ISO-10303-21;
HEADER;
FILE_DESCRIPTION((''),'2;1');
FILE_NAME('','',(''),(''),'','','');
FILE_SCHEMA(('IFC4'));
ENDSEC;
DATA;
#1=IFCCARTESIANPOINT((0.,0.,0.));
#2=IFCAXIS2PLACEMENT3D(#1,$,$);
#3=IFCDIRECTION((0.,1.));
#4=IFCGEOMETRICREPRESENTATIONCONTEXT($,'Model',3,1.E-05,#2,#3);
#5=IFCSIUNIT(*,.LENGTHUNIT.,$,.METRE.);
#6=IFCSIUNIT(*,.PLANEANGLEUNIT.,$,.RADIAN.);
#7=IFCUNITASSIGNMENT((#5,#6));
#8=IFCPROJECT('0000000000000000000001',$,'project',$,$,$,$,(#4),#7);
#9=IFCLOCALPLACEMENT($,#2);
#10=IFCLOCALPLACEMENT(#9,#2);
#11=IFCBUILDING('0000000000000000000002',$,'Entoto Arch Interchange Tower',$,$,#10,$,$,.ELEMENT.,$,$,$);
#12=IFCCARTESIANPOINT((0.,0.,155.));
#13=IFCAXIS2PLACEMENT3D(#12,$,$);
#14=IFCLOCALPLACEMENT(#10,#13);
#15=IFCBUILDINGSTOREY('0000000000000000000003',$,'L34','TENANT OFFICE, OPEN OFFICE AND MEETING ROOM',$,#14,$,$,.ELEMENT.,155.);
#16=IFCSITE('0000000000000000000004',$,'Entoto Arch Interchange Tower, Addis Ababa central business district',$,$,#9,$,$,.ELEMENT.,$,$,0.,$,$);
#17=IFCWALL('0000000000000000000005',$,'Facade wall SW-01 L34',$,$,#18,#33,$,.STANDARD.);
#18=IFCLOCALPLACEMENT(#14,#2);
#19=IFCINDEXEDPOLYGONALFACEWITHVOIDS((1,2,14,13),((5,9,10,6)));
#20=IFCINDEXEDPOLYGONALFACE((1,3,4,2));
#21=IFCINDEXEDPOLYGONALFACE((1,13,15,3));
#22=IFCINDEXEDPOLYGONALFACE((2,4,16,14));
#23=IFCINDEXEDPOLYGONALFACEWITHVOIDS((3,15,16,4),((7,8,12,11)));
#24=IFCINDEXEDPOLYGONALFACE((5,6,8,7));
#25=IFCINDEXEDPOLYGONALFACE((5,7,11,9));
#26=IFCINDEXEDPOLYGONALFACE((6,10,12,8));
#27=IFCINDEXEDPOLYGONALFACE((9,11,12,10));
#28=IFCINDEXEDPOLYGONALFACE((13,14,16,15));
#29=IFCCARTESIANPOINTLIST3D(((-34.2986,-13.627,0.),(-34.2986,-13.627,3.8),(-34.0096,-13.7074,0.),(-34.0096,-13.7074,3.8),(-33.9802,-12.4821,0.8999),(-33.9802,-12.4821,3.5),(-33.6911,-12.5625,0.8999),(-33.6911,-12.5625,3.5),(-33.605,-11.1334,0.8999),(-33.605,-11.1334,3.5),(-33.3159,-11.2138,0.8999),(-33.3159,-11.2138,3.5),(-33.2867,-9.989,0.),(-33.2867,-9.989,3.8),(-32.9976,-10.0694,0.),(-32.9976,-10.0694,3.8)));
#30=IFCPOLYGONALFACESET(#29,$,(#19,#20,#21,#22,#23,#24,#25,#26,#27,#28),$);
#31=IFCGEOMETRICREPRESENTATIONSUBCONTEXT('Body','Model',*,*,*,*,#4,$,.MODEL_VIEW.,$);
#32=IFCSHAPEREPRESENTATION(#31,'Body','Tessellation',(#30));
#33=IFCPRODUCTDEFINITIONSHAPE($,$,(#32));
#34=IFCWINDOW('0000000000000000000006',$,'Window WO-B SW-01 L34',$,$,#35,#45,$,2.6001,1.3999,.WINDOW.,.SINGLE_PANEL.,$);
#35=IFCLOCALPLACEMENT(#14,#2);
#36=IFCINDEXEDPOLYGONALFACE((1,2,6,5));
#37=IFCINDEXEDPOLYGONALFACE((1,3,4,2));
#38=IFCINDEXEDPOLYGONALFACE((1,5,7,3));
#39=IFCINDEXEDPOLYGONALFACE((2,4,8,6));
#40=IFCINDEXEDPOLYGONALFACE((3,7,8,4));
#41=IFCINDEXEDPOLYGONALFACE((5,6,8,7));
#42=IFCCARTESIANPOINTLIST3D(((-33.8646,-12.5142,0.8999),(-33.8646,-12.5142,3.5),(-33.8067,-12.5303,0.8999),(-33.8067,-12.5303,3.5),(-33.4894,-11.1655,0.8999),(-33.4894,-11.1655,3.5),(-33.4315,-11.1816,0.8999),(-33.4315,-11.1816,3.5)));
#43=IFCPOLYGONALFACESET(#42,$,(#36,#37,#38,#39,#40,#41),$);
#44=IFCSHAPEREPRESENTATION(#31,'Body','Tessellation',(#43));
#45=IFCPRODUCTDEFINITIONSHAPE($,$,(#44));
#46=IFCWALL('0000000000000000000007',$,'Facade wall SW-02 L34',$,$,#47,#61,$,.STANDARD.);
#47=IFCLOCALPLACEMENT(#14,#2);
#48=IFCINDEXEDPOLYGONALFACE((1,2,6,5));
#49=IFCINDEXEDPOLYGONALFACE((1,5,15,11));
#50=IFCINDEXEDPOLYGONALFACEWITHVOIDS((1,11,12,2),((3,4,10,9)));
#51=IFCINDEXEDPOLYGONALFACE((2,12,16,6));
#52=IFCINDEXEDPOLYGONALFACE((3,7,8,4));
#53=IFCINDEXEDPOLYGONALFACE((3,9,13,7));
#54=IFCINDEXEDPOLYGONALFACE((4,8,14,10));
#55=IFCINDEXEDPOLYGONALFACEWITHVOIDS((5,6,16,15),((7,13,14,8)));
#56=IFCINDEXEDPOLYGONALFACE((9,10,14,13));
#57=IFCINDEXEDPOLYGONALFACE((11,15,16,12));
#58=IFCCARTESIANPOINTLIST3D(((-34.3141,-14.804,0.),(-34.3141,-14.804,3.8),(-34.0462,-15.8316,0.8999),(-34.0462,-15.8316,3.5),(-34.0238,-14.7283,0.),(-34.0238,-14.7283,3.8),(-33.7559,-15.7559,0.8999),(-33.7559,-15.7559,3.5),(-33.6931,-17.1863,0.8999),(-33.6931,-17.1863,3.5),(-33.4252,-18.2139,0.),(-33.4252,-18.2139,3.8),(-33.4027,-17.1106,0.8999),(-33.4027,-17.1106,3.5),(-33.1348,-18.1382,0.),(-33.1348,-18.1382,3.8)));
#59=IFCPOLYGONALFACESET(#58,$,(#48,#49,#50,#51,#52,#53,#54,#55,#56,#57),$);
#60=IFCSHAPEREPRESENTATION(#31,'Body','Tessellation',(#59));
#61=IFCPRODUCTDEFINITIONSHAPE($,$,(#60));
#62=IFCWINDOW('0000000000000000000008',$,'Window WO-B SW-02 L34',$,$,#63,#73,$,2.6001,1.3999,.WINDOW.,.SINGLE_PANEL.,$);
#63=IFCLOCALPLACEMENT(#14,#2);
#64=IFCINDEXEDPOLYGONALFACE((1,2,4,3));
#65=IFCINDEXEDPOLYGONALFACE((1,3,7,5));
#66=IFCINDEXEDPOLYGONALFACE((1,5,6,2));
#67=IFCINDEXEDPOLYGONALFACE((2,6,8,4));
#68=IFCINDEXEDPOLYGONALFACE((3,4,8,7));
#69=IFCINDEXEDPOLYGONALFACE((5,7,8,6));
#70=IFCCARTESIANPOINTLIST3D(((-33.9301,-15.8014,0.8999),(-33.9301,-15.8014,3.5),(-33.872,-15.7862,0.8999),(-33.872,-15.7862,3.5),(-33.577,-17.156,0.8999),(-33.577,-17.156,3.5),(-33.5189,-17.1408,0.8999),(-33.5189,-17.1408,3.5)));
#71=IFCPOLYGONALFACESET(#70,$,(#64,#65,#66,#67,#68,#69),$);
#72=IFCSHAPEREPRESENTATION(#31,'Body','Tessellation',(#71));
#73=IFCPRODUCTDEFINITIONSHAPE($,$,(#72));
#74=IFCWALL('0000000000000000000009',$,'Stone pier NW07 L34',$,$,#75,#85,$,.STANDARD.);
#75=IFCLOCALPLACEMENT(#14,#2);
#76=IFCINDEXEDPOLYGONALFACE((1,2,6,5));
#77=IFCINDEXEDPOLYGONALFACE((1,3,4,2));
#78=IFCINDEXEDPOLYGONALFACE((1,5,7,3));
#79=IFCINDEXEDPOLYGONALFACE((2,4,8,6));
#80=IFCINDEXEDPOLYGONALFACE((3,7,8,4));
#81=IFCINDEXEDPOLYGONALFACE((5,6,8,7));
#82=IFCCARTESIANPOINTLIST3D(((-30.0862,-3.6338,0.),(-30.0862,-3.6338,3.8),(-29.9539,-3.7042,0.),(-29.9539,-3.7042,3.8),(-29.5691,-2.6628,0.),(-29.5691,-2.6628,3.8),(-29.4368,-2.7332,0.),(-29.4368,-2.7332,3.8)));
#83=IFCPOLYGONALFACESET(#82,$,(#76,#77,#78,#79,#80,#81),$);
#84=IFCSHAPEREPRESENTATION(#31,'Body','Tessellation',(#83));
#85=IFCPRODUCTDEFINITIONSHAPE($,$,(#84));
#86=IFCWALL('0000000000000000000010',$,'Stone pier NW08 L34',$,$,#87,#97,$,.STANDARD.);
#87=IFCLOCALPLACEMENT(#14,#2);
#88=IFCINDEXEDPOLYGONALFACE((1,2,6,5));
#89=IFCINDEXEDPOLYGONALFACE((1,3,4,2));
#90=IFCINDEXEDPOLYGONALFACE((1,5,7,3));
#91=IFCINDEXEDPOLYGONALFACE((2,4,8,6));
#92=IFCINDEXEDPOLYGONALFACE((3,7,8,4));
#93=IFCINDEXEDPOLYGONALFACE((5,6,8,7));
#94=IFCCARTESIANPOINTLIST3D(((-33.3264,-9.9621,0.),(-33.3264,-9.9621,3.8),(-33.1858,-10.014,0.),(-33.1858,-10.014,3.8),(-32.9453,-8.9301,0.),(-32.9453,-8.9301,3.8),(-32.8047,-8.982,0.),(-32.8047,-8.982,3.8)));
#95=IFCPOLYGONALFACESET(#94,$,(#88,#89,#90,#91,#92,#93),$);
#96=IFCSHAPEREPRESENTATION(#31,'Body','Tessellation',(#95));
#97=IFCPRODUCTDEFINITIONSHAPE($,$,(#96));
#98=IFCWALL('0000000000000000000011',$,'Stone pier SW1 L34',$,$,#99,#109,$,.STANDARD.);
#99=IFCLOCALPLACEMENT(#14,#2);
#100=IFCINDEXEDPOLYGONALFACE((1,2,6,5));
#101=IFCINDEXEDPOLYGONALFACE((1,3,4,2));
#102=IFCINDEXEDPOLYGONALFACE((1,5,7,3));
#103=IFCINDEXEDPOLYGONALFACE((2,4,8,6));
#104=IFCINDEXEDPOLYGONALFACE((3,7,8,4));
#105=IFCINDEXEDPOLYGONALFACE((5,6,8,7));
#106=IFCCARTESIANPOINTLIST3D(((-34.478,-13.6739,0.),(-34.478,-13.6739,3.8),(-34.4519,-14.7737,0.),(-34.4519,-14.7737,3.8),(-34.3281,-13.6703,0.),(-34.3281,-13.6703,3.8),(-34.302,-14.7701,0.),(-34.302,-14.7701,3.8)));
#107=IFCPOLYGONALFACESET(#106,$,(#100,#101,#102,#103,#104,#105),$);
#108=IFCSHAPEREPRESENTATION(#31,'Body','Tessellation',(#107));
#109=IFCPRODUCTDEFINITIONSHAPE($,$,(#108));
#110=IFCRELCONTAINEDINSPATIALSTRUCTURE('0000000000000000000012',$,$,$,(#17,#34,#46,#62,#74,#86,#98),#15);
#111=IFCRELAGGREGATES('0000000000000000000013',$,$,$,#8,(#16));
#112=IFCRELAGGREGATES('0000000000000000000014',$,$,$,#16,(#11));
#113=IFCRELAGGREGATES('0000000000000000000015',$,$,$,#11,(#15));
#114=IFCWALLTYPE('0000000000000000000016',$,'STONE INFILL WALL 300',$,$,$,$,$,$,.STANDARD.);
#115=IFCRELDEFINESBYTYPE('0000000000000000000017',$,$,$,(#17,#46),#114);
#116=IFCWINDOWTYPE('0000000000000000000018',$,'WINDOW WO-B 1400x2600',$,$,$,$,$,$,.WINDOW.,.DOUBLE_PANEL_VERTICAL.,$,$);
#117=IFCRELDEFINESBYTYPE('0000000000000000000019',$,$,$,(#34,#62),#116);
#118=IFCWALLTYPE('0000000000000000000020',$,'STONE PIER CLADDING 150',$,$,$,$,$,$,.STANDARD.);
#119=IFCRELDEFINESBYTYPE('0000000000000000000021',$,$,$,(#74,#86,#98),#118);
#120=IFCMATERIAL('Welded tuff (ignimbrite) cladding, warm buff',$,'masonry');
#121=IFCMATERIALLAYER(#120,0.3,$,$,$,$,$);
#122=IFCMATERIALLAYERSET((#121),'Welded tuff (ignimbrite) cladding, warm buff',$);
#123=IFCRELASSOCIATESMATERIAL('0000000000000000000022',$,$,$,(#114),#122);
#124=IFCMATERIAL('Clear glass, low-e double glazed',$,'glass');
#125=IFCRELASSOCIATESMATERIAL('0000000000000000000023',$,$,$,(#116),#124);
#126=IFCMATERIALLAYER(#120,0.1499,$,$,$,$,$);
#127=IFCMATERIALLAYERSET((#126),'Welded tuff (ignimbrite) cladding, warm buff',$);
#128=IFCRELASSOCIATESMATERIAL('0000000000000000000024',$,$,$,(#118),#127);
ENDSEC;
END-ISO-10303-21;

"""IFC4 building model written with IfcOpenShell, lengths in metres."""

from ifc_helpers import new_model, si_unit, direction, frame, frame_2d, origin, place, context, subcontext, project, spatial, rectangle, extrude, material, layer, layer_set, type_object, element, fill, save


model = new_model("IFC4")

# Units and contexts
model_context = context("Model", 3, precision=1e-05, world=origin(), true_north=direction((0.0, 1.0)))
body_context = subcontext(model_context, "Body", "Model", "MODEL_VIEW")
ifc_project = project(units=[si_unit("LENGTHUNIT", "METRE"), si_unit("PLANEANGLEUNIT", "RADIAN")], contexts=[model_context])

# Site, building, storey
site_placement = place(None, origin())
site = spatial("IfcSite", under=ifc_project, at=site_placement, Name="Entoto Arch Interchange Tower, Addis Ababa central business district", CompositionType="ELEMENT", RefElevation=0.0)
building_placement = place(site_placement, origin())
building = spatial("IfcBuilding", under=site, at=building_placement, Name="Entoto Arch Interchange Tower", CompositionType="ELEMENT")
storey_placement = place(building_placement, frame((0.0, 0.0, 155.0)))
storey = spatial("IfcBuildingStorey", under=building, at=storey_placement, Name="L34", Description="TENANT OFFICE, OPEN OFFICE AND MEETING ROOM", CompositionType="ELEMENT", Elevation=155.0)

# Shared definitions
ifc_material_1 = material(Name="Welded tuff (ignimbrite) cladding, warm buff", Category="masonry")
ifc_layer_1 = layer(ifc_material_1, 0.3)
ifc_layer_set_1 = layer_set([ifc_layer_1], Name="Welded tuff (ignimbrite) cladding, warm buff")
wall_type_1 = type_object("IfcWallType", Name="STONE INFILL WALL 300", PredefinedType="STANDARD", material=ifc_layer_set_1)
ifc_material_2 = material(Name="Clear glass, low-e double glazed", Category="glass")

# Walls, openings, windows
wall_1_placement = place(storey_placement, frame((-33.1421, -10.0291, 0.0), z_axis=(0.0, 0.0, 1.0), x_axis=(-0.267994, -0.963421, 0.0)))
wall_1 = element("IfcWall", 1, at=wall_1_placement, inside=storey, type_object=wall_type_1, Name="Facade wall SW-01 L34", PredefinedType="STANDARD", context=body_context, shape_type="SweptSolid", body=[
    extrude(rectangle(XDim=3.7761, YDim=0.3, at=frame_2d((1.8882, 0.0))), origin(), (0.0, 0.0, 1.0), 3.8),
])
opening_1_placement = place(wall_1_placement, frame((1.188, 0.0, 0.8999)))
opening_1 = element("IfcOpeningElement", 2, at=opening_1_placement, cuts=wall_1, PredefinedType="OPENING", context=body_context, shape_type="SweptSolid", body=[
    extrude(rectangle(XDim=1.3999, YDim=2.6001, at=frame_2d((0.7, 1.3))), frame((0.0, 0.1602, 0.0), z_axis=(0.0, -1.0, 0.0), x_axis=(1.0, 0.0, 0.0)), (0.0, 0.0, 1.0), 0.3201),
])
window_type_1 = type_object("IfcWindowType", Name="WINDOW WO-B 1400x2600", PartitioningType="DOUBLE_PANEL_VERTICAL", PredefinedType="WINDOW", material=ifc_material_2)
window_1_placement = place(opening_1_placement, origin())
window_1 = element("IfcWindow", 3, at=window_1_placement, inside=storey, type_object=window_type_1, Name="Window WO-B SW-01 L34", OverallHeight=2.6001, OverallWidth=1.3999, PartitioningType="SINGLE_PANEL", PredefinedType="WINDOW", context=body_context, shape_type="SweptSolid", body=[
    extrude(rectangle(XDim=1.3999, YDim=2.6001, at=frame_2d((0.7, 1.3))), frame((0.0, 0.03, 0.0), z_axis=(0.0, -1.0, 0.0), x_axis=(1.0, 0.0, 0.0)), (0.0, 0.0, 1.0), 0.0601),
])
fill(opening_1, window_1)
wall_2_placement = place(storey_placement, frame((-34.1689, -14.7661, 0.0), z_axis=(0.0, 0.0, 1.0), x_axis=(0.252255, -0.967661, 0.0)))
wall_2 = element("IfcWall", 4, at=wall_2_placement, inside=storey, type_object=wall_type_1, Name="Facade wall SW-02 L34", PredefinedType="STANDARD", context=body_context, shape_type="SweptSolid", body=[
    extrude(rectangle(XDim=3.5239, YDim=0.3, at=frame_2d((1.762, 0.0))), origin(), (0.0, 0.0, 1.0), 3.8),
])
opening_2_placement = place(wall_2_placement, frame((1.062, 0.0, 0.8999)))
opening_2 = element("IfcOpeningElement", 5, at=opening_2_placement, cuts=wall_2, PredefinedType="OPENING", context=body_context, shape_type="SweptSolid", body=[
    extrude(rectangle(XDim=1.3999, YDim=2.6001, at=frame_2d((0.7, 1.3))), frame((0.0, 0.1602, 0.0), z_axis=(0.0, -1.0, 0.0), x_axis=(1.0, 0.0, 0.0)), (0.0, 0.0, 1.0), 0.3201),
])
window_2_placement = place(opening_2_placement, origin())
window_2 = element("IfcWindow", 6, at=window_2_placement, inside=storey, type_object=window_type_1, Name="Window WO-B SW-02 L34", OverallHeight=2.6001, OverallWidth=1.3999, PartitioningType="SINGLE_PANEL", PredefinedType="WINDOW", context=body_context, shape_type="SweptSolid", body=[
    extrude(rectangle(XDim=1.3999, YDim=2.6001, at=frame_2d((0.7, 1.3))), frame((0.0, 0.03, 0.0), z_axis=(0.0, -1.0, 0.0), x_axis=(1.0, 0.0, 0.0)), (0.0, 0.0, 1.0), 0.0601),
])
fill(opening_2, window_2)

# Walls
ifc_layer_2 = layer(ifc_material_1, 0.1499)
ifc_layer_set_2 = layer_set([ifc_layer_2], Name="Welded tuff (ignimbrite) cladding, warm buff")
wall_type_2 = type_object("IfcWallType", Name="STONE PIER CLADDING 150", PredefinedType="STANDARD", material=ifc_layer_set_2)
for number, where, z_axis, x_axis, name in (
    (7, (-29.5029, -2.698, 0.0), (0.0, 0.0, 1.0), (-0.470058, -0.882635, 0.0), "Stone pier NW07 L34"),
    (8, (-32.875, -8.9561, 0.0), (0.0, 0.0, 1.0), (-0.346425, -0.938078, 0.0), "Stone pier NW08 L34"),
    (9, (-34.4031, -13.6721, 0.0), (0.0, 0.0, 1.0), (0.023745, -0.999718, 0.0), "Stone pier SW1 L34"),
):
    element("IfcWall", number, at=place(storey_placement, frame(where, z_axis=z_axis, x_axis=x_axis)), inside=storey, type_object=wall_type_2, Name=name, PredefinedType="STANDARD", context=body_context, shape_type="SweptSolid", body=[
        extrude(rectangle(XDim=1.1001, YDim=0.1499, at=frame_2d((0.55, 0.0))), origin(), (0.0, 0.0, 1.0), 3.8),
    ])

save(model, "model.ifc")
